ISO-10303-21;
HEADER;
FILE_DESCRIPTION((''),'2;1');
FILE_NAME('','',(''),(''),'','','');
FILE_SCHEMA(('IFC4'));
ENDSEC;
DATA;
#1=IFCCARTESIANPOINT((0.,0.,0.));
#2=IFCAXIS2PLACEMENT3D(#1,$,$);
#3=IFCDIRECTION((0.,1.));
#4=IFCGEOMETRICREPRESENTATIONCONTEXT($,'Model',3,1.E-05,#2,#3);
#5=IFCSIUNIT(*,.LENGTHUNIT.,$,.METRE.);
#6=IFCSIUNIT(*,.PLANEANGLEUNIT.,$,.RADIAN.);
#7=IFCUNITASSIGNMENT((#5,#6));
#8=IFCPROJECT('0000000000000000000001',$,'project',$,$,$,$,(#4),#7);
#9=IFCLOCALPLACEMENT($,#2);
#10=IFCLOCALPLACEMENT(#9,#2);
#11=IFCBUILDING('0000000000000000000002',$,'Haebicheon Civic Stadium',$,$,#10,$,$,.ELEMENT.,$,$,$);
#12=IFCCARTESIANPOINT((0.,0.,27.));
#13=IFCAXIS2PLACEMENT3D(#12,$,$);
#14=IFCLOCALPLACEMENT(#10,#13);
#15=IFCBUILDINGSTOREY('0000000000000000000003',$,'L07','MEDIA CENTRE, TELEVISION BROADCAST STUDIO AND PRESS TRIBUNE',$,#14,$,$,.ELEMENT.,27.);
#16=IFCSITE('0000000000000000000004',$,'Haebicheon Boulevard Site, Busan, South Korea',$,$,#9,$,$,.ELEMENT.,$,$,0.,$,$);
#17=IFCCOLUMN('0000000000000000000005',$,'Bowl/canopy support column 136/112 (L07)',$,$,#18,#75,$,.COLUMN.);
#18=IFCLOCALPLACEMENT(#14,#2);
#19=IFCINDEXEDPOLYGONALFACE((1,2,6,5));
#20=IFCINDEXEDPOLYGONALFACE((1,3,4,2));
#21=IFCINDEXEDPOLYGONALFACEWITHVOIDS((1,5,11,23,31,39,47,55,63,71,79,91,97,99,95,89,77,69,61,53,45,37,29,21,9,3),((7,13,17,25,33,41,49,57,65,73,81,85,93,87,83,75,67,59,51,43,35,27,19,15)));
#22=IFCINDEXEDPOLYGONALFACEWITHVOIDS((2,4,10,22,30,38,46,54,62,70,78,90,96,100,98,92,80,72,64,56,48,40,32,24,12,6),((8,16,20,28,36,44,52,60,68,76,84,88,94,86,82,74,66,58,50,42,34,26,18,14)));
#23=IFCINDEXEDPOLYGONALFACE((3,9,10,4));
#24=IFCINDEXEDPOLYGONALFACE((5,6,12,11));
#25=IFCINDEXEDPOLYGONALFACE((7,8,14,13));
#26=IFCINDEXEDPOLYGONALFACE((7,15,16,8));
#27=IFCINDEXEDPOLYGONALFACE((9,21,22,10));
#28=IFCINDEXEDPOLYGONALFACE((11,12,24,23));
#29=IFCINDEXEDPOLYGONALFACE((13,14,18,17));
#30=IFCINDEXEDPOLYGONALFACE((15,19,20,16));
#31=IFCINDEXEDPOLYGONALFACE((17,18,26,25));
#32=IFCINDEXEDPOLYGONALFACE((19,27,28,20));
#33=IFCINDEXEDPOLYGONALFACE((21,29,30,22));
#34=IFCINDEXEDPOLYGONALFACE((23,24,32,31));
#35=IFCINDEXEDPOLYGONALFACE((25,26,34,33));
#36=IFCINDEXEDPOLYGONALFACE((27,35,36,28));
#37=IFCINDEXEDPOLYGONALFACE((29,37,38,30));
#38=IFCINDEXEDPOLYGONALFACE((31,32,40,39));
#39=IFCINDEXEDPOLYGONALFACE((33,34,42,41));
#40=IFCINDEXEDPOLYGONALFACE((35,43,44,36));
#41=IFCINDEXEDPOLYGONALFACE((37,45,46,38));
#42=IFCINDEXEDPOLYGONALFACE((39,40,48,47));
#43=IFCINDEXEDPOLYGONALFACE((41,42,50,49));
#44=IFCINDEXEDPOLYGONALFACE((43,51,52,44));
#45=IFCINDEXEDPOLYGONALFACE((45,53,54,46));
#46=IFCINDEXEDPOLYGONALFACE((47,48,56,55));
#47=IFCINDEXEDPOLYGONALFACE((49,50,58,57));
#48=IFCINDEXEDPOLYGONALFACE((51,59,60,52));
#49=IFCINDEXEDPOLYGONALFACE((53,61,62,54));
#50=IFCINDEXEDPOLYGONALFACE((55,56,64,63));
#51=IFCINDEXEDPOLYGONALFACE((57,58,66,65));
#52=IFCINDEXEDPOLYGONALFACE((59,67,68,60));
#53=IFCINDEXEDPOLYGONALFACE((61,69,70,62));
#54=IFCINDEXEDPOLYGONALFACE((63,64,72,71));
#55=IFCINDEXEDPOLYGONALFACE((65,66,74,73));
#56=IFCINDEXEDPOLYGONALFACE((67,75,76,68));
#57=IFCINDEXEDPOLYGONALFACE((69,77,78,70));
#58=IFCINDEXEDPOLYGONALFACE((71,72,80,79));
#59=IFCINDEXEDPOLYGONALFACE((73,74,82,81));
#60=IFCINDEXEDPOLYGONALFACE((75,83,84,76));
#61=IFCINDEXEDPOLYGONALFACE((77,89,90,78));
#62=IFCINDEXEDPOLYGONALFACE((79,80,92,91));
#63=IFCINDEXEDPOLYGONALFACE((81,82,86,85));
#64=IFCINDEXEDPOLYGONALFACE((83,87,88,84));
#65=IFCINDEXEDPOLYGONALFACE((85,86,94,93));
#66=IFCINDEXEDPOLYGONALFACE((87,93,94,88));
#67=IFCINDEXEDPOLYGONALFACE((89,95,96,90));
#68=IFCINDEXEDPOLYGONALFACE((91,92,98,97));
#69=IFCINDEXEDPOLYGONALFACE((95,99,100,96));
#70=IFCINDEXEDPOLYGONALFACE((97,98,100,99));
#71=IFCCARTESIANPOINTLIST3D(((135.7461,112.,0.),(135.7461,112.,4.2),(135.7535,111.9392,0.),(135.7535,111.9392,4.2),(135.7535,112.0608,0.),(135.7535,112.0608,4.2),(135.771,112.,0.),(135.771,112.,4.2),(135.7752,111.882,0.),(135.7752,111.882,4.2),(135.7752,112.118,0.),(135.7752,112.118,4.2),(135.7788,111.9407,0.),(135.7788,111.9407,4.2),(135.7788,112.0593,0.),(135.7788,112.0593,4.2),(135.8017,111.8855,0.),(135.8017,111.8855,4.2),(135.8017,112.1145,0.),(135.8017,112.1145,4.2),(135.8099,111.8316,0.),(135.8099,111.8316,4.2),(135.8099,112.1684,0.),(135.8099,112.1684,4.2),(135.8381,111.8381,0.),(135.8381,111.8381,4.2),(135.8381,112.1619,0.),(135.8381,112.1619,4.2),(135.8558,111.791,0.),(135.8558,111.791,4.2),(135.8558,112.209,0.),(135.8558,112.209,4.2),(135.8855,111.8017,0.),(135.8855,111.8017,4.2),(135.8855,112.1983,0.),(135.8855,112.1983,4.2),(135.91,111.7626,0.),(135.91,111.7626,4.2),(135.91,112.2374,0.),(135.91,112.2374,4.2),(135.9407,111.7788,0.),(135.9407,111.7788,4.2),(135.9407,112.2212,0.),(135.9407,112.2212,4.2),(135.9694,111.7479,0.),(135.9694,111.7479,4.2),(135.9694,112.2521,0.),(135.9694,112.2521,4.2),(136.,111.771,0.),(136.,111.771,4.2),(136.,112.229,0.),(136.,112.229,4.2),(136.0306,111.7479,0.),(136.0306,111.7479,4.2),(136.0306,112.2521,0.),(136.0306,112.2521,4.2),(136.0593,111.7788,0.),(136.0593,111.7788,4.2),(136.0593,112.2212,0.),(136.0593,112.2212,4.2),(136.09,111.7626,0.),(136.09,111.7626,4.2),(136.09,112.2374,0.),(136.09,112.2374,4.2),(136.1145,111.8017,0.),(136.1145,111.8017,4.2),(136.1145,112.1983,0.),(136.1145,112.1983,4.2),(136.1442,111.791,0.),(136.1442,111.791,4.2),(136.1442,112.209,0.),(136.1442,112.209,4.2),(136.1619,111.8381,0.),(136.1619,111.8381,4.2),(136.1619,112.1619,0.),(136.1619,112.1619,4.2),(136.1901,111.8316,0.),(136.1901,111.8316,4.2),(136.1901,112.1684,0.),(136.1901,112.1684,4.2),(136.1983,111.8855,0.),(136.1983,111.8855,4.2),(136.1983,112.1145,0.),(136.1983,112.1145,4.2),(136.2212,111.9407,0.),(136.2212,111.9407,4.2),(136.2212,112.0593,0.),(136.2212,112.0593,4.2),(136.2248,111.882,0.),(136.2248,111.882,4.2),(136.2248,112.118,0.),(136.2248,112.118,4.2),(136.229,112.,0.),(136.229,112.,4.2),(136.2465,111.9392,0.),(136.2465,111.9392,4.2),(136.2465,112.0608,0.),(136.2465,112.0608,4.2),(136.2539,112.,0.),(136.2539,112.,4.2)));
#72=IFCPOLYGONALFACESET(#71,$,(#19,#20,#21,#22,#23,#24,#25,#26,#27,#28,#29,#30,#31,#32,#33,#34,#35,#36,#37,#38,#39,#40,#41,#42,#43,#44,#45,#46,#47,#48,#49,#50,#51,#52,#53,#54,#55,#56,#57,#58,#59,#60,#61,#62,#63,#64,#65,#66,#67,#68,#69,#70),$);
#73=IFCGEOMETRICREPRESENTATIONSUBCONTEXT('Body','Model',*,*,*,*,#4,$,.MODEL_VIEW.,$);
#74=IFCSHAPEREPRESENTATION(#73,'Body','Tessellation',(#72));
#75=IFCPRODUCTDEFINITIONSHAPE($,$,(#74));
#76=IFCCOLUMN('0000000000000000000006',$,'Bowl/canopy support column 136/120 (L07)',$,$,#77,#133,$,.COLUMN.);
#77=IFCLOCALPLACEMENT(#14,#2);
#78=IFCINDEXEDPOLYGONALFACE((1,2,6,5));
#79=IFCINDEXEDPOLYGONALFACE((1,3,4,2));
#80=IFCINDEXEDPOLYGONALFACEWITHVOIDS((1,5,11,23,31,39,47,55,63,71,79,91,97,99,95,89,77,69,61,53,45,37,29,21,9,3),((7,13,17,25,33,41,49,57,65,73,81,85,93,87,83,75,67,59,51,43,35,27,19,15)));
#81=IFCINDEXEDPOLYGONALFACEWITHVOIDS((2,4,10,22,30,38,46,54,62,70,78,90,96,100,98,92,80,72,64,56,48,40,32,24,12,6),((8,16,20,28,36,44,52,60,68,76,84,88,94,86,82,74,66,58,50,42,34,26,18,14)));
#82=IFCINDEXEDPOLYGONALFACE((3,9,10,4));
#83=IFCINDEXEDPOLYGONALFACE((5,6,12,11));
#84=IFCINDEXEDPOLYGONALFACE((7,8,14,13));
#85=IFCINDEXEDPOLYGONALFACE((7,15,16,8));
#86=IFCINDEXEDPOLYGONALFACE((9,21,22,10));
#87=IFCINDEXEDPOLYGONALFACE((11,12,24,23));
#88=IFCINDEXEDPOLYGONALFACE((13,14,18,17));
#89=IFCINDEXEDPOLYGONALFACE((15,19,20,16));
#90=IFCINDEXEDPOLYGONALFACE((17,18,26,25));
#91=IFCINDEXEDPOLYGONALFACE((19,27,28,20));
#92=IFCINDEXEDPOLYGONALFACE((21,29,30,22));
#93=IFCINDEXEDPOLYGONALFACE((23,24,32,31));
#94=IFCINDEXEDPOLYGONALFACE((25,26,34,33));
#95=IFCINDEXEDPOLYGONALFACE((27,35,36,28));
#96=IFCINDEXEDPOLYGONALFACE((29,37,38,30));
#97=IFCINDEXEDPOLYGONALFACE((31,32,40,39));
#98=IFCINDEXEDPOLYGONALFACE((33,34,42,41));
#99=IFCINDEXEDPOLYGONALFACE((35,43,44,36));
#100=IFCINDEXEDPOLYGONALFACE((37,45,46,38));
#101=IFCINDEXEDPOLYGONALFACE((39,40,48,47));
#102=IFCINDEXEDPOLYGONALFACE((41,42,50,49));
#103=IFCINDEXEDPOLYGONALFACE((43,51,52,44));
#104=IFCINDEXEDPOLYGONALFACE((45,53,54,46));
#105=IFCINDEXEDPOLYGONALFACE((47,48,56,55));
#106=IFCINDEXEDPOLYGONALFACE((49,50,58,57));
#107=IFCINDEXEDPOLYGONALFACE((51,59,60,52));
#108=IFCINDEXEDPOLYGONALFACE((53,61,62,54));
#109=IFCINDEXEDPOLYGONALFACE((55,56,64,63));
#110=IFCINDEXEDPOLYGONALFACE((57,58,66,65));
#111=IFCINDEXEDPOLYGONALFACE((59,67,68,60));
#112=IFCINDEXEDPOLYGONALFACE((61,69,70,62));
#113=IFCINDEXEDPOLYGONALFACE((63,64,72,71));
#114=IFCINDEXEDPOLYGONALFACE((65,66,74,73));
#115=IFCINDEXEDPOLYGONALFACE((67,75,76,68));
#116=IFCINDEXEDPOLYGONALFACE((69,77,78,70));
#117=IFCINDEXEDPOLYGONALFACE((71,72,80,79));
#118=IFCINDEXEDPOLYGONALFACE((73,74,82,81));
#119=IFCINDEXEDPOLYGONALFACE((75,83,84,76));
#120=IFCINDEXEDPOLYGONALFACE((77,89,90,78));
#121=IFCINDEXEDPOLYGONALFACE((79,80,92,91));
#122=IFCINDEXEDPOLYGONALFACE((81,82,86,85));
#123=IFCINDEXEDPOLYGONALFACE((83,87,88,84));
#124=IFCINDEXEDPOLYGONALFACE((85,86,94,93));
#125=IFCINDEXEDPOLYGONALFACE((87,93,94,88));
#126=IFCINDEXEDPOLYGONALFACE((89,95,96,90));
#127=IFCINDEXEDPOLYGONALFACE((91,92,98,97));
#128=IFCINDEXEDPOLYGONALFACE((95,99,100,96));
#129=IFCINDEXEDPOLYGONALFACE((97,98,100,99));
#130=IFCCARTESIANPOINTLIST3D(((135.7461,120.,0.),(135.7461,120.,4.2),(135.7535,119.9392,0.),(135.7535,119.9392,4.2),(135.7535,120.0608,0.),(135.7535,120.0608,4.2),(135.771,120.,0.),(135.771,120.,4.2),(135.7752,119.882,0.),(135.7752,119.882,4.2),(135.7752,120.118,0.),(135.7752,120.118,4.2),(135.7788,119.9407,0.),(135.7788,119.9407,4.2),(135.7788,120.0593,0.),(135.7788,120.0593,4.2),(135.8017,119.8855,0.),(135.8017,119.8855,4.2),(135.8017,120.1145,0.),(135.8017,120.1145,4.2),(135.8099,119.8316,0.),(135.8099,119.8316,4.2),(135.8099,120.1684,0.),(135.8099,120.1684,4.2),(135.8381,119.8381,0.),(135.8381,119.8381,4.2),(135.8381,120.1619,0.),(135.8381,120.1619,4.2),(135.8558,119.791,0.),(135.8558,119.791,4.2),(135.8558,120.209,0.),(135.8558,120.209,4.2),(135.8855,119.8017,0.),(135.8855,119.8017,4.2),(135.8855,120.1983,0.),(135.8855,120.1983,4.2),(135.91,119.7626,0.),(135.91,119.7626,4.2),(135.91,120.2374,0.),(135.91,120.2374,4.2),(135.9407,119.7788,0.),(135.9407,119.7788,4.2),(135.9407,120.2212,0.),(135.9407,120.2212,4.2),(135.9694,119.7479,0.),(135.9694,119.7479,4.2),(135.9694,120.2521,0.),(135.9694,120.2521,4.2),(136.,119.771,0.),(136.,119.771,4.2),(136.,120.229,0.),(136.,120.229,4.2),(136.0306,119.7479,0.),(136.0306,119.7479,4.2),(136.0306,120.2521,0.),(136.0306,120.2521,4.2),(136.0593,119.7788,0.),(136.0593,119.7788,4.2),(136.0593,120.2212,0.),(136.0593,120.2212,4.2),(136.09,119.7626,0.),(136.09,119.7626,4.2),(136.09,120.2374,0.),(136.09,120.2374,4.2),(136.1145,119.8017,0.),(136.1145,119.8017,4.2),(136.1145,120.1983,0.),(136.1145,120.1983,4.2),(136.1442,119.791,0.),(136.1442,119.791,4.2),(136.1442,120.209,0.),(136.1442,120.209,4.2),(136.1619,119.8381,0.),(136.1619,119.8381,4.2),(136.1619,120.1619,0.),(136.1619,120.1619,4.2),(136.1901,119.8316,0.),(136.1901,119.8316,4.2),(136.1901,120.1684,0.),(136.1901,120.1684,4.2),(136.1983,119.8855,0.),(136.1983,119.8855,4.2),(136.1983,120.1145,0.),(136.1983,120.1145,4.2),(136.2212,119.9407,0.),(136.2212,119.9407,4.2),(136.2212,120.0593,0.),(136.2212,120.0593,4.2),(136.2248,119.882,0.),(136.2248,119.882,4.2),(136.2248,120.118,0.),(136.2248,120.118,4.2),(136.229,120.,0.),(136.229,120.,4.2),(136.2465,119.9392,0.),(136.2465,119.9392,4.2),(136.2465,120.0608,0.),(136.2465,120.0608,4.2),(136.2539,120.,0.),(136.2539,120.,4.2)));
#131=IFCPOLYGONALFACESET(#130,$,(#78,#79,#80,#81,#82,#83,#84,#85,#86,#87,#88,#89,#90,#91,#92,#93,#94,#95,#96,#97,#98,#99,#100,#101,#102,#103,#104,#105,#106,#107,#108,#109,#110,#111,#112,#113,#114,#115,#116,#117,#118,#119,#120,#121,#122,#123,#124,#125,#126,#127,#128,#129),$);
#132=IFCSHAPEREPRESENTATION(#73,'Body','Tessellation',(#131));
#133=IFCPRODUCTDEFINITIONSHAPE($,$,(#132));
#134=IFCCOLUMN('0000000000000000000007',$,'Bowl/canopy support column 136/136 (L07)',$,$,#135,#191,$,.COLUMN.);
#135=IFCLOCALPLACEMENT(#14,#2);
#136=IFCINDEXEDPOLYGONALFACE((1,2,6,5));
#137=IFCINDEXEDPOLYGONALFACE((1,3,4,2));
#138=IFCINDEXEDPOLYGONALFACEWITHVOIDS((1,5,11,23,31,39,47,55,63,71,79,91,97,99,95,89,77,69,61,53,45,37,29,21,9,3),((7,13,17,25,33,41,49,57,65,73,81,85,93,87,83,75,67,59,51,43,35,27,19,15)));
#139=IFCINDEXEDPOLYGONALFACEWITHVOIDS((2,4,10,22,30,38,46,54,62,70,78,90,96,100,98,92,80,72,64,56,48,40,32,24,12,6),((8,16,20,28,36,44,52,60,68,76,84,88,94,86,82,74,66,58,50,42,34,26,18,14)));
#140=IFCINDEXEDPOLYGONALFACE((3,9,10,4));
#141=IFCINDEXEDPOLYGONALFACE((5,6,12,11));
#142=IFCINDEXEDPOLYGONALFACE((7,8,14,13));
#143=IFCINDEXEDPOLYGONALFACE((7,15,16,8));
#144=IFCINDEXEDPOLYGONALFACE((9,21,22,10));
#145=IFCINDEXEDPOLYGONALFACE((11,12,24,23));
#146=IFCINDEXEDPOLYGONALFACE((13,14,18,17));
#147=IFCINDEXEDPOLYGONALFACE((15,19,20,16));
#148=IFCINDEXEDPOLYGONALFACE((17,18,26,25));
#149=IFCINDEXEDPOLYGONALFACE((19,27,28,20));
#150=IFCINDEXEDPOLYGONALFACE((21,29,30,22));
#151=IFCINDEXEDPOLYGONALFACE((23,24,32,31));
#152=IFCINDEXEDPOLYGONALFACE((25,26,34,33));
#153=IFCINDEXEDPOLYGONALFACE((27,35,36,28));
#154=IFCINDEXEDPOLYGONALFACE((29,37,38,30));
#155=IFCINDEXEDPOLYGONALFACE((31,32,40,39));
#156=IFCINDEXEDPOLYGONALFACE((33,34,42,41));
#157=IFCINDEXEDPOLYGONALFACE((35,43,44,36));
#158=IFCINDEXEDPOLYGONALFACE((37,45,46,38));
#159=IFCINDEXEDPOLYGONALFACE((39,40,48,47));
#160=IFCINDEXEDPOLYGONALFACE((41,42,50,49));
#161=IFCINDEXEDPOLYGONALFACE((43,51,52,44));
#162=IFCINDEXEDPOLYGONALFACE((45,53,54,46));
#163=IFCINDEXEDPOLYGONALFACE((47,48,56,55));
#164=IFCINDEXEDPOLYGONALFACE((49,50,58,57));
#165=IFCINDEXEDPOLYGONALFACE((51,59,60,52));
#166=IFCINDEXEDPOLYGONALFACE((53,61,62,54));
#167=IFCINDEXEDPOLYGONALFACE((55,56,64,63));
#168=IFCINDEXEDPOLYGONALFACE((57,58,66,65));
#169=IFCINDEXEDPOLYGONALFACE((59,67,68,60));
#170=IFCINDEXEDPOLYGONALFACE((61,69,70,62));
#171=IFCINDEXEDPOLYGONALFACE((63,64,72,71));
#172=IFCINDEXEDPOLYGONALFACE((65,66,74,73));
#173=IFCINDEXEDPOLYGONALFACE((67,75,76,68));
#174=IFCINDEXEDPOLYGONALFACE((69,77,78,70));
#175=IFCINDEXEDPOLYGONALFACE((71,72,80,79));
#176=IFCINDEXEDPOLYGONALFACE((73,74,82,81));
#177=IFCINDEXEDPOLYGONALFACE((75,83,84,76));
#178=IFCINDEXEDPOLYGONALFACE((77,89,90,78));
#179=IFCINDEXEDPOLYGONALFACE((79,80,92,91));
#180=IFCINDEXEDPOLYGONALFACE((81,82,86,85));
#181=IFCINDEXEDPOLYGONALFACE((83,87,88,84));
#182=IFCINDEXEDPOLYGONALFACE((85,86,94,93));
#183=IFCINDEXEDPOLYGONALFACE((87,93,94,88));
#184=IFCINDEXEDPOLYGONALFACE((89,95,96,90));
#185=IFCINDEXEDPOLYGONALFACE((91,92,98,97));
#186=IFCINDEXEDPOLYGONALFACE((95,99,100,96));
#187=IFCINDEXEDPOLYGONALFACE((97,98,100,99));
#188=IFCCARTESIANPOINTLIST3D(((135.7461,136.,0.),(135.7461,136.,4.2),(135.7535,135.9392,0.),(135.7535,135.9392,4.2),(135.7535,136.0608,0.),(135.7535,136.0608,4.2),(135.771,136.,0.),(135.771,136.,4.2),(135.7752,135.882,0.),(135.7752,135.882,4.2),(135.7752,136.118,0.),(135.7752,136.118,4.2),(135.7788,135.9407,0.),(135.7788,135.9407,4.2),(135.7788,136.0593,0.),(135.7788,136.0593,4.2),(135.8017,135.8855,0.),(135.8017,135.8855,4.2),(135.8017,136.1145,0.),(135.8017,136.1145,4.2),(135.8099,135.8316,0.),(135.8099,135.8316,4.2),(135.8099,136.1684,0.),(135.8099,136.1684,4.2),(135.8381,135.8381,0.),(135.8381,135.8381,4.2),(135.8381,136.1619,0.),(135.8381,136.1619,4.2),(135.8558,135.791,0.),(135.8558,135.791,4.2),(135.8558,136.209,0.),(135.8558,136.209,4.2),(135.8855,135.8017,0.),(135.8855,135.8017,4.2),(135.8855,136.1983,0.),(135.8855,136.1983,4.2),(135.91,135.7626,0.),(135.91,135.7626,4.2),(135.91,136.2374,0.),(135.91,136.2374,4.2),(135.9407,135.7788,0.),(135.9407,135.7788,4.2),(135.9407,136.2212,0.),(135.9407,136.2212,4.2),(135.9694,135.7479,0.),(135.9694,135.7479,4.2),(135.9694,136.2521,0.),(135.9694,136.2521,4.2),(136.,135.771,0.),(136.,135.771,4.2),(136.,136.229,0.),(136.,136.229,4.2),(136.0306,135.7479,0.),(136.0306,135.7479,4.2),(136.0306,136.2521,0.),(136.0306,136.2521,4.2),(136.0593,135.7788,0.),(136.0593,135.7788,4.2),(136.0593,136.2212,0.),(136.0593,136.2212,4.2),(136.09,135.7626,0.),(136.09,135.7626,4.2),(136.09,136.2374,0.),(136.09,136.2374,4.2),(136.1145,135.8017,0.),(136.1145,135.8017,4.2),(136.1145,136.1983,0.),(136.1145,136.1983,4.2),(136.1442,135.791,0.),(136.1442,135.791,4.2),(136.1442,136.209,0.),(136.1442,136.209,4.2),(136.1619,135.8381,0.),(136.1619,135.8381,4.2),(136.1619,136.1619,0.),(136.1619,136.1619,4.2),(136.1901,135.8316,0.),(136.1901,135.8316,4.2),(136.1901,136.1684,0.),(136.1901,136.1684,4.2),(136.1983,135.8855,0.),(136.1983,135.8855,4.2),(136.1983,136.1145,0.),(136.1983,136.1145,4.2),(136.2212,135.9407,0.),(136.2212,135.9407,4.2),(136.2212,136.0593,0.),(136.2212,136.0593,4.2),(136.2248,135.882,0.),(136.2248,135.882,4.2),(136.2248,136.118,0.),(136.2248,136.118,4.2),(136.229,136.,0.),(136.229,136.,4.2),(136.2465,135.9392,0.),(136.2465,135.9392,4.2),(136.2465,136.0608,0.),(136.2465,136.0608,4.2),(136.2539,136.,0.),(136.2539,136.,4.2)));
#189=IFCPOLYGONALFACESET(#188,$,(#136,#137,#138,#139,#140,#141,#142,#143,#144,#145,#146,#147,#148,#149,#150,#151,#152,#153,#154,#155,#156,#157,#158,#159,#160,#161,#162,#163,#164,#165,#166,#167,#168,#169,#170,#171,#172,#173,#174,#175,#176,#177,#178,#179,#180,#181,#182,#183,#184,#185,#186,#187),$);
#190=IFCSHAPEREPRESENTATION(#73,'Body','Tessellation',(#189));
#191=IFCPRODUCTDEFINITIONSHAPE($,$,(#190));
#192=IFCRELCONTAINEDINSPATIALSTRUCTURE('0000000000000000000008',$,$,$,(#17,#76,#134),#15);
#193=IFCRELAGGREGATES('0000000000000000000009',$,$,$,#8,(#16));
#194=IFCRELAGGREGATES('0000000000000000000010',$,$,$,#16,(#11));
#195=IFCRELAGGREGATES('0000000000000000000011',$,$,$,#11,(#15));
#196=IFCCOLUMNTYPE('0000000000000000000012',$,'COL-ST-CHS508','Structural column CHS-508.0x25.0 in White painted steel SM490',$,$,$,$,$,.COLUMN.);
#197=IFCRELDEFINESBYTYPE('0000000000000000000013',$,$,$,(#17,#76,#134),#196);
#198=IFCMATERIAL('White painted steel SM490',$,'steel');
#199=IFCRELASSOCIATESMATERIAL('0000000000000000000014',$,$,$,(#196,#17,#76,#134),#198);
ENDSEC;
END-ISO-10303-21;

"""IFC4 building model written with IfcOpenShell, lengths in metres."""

from ifc_helpers import new_model, si_unit, direction, frame, origin, origin_2d, place, context, subcontext, project, spatial, hollow_circle, extrude, material, material_profile, profile_set, type_object, element, save


model = new_model("IFC4")

# Units and contexts
model_context = context("Model", 3, precision=1e-05, world=origin(), true_north=direction((0.0, 1.0)))
body_context = subcontext(model_context, "Body", "Model", "MODEL_VIEW")
ifc_project = project(units=[si_unit("LENGTHUNIT", "METRE"), si_unit("PLANEANGLEUNIT", "RADIAN")], contexts=[model_context])

# Site, building, storey
site_placement = place(None, origin())
site = spatial("IfcSite", under=ifc_project, at=site_placement, Name="Haebicheon Boulevard Site, Busan, South Korea", CompositionType="ELEMENT", RefElevation=0.0)
building_placement = place(site_placement, origin())
building = spatial("IfcBuilding", under=site, at=building_placement, Name="Haebicheon Civic Stadium", CompositionType="ELEMENT")
storey_placement = place(building_placement, frame((0.0, 0.0, 27.0)))
storey = spatial("IfcBuildingStorey", under=building, at=storey_placement, Name="L07", Description="MEDIA CENTRE, TELEVISION BROADCAST STUDIO AND PRESS TRIBUNE", CompositionType="ELEMENT", Elevation=27.0)

# Columns
ifc_material_1 = material(Name="White painted steel SM490", Category="steel")
ifc_material_profile_1 = material_profile(ifc_material_1, hollow_circle(Radius=0.2539, WallThickness=0.0249, at=origin_2d()), Name="CHS-508.0x25.0")
ifc_profile_set_1 = profile_set([ifc_material_profile_1], Name="White painted steel SM490")
column_type = type_object("IfcColumnType", Name="COL-ST-CHS508", Description="Structural column CHS-508.0x25.0 in White painted steel SM490", PredefinedType="COLUMN", material=ifc_profile_set_1)
for number, where, z_axis, x_axis, name in (
    (1, (136.0, 112.0, 0.0), (0.0, 0.0, 1.0), (1.0, 0.0, 0.0), "Bowl/canopy support column 136/112 (L07)"),
    (2, (136.0, 120.0, 0.0), (0.0, 0.0, 1.0), (1.0, 0.0, 0.0), "Bowl/canopy support column 136/120 (L07)"),
    (3, (136.0, 136.0, 0.0), (0.0, 0.0, 1.0), (1.0, 0.0, 0.0), "Bowl/canopy support column 136/136 (L07)"),
):
    element("IfcColumn", number, at=place(storey_placement, frame(where, z_axis=z_axis, x_axis=x_axis)), inside=storey, type_object=column_type, material=ifc_profile_set_1, Name=name, PredefinedType="COLUMN", context=body_context, shape_type="SweptSolid", body=[
        extrude(hollow_circle(Radius=0.2539, WallThickness=0.0249, at=origin_2d()), origin(), (0.0, 0.0, 1.0), 4.2),
    ])

save(model, "model.ifc")
